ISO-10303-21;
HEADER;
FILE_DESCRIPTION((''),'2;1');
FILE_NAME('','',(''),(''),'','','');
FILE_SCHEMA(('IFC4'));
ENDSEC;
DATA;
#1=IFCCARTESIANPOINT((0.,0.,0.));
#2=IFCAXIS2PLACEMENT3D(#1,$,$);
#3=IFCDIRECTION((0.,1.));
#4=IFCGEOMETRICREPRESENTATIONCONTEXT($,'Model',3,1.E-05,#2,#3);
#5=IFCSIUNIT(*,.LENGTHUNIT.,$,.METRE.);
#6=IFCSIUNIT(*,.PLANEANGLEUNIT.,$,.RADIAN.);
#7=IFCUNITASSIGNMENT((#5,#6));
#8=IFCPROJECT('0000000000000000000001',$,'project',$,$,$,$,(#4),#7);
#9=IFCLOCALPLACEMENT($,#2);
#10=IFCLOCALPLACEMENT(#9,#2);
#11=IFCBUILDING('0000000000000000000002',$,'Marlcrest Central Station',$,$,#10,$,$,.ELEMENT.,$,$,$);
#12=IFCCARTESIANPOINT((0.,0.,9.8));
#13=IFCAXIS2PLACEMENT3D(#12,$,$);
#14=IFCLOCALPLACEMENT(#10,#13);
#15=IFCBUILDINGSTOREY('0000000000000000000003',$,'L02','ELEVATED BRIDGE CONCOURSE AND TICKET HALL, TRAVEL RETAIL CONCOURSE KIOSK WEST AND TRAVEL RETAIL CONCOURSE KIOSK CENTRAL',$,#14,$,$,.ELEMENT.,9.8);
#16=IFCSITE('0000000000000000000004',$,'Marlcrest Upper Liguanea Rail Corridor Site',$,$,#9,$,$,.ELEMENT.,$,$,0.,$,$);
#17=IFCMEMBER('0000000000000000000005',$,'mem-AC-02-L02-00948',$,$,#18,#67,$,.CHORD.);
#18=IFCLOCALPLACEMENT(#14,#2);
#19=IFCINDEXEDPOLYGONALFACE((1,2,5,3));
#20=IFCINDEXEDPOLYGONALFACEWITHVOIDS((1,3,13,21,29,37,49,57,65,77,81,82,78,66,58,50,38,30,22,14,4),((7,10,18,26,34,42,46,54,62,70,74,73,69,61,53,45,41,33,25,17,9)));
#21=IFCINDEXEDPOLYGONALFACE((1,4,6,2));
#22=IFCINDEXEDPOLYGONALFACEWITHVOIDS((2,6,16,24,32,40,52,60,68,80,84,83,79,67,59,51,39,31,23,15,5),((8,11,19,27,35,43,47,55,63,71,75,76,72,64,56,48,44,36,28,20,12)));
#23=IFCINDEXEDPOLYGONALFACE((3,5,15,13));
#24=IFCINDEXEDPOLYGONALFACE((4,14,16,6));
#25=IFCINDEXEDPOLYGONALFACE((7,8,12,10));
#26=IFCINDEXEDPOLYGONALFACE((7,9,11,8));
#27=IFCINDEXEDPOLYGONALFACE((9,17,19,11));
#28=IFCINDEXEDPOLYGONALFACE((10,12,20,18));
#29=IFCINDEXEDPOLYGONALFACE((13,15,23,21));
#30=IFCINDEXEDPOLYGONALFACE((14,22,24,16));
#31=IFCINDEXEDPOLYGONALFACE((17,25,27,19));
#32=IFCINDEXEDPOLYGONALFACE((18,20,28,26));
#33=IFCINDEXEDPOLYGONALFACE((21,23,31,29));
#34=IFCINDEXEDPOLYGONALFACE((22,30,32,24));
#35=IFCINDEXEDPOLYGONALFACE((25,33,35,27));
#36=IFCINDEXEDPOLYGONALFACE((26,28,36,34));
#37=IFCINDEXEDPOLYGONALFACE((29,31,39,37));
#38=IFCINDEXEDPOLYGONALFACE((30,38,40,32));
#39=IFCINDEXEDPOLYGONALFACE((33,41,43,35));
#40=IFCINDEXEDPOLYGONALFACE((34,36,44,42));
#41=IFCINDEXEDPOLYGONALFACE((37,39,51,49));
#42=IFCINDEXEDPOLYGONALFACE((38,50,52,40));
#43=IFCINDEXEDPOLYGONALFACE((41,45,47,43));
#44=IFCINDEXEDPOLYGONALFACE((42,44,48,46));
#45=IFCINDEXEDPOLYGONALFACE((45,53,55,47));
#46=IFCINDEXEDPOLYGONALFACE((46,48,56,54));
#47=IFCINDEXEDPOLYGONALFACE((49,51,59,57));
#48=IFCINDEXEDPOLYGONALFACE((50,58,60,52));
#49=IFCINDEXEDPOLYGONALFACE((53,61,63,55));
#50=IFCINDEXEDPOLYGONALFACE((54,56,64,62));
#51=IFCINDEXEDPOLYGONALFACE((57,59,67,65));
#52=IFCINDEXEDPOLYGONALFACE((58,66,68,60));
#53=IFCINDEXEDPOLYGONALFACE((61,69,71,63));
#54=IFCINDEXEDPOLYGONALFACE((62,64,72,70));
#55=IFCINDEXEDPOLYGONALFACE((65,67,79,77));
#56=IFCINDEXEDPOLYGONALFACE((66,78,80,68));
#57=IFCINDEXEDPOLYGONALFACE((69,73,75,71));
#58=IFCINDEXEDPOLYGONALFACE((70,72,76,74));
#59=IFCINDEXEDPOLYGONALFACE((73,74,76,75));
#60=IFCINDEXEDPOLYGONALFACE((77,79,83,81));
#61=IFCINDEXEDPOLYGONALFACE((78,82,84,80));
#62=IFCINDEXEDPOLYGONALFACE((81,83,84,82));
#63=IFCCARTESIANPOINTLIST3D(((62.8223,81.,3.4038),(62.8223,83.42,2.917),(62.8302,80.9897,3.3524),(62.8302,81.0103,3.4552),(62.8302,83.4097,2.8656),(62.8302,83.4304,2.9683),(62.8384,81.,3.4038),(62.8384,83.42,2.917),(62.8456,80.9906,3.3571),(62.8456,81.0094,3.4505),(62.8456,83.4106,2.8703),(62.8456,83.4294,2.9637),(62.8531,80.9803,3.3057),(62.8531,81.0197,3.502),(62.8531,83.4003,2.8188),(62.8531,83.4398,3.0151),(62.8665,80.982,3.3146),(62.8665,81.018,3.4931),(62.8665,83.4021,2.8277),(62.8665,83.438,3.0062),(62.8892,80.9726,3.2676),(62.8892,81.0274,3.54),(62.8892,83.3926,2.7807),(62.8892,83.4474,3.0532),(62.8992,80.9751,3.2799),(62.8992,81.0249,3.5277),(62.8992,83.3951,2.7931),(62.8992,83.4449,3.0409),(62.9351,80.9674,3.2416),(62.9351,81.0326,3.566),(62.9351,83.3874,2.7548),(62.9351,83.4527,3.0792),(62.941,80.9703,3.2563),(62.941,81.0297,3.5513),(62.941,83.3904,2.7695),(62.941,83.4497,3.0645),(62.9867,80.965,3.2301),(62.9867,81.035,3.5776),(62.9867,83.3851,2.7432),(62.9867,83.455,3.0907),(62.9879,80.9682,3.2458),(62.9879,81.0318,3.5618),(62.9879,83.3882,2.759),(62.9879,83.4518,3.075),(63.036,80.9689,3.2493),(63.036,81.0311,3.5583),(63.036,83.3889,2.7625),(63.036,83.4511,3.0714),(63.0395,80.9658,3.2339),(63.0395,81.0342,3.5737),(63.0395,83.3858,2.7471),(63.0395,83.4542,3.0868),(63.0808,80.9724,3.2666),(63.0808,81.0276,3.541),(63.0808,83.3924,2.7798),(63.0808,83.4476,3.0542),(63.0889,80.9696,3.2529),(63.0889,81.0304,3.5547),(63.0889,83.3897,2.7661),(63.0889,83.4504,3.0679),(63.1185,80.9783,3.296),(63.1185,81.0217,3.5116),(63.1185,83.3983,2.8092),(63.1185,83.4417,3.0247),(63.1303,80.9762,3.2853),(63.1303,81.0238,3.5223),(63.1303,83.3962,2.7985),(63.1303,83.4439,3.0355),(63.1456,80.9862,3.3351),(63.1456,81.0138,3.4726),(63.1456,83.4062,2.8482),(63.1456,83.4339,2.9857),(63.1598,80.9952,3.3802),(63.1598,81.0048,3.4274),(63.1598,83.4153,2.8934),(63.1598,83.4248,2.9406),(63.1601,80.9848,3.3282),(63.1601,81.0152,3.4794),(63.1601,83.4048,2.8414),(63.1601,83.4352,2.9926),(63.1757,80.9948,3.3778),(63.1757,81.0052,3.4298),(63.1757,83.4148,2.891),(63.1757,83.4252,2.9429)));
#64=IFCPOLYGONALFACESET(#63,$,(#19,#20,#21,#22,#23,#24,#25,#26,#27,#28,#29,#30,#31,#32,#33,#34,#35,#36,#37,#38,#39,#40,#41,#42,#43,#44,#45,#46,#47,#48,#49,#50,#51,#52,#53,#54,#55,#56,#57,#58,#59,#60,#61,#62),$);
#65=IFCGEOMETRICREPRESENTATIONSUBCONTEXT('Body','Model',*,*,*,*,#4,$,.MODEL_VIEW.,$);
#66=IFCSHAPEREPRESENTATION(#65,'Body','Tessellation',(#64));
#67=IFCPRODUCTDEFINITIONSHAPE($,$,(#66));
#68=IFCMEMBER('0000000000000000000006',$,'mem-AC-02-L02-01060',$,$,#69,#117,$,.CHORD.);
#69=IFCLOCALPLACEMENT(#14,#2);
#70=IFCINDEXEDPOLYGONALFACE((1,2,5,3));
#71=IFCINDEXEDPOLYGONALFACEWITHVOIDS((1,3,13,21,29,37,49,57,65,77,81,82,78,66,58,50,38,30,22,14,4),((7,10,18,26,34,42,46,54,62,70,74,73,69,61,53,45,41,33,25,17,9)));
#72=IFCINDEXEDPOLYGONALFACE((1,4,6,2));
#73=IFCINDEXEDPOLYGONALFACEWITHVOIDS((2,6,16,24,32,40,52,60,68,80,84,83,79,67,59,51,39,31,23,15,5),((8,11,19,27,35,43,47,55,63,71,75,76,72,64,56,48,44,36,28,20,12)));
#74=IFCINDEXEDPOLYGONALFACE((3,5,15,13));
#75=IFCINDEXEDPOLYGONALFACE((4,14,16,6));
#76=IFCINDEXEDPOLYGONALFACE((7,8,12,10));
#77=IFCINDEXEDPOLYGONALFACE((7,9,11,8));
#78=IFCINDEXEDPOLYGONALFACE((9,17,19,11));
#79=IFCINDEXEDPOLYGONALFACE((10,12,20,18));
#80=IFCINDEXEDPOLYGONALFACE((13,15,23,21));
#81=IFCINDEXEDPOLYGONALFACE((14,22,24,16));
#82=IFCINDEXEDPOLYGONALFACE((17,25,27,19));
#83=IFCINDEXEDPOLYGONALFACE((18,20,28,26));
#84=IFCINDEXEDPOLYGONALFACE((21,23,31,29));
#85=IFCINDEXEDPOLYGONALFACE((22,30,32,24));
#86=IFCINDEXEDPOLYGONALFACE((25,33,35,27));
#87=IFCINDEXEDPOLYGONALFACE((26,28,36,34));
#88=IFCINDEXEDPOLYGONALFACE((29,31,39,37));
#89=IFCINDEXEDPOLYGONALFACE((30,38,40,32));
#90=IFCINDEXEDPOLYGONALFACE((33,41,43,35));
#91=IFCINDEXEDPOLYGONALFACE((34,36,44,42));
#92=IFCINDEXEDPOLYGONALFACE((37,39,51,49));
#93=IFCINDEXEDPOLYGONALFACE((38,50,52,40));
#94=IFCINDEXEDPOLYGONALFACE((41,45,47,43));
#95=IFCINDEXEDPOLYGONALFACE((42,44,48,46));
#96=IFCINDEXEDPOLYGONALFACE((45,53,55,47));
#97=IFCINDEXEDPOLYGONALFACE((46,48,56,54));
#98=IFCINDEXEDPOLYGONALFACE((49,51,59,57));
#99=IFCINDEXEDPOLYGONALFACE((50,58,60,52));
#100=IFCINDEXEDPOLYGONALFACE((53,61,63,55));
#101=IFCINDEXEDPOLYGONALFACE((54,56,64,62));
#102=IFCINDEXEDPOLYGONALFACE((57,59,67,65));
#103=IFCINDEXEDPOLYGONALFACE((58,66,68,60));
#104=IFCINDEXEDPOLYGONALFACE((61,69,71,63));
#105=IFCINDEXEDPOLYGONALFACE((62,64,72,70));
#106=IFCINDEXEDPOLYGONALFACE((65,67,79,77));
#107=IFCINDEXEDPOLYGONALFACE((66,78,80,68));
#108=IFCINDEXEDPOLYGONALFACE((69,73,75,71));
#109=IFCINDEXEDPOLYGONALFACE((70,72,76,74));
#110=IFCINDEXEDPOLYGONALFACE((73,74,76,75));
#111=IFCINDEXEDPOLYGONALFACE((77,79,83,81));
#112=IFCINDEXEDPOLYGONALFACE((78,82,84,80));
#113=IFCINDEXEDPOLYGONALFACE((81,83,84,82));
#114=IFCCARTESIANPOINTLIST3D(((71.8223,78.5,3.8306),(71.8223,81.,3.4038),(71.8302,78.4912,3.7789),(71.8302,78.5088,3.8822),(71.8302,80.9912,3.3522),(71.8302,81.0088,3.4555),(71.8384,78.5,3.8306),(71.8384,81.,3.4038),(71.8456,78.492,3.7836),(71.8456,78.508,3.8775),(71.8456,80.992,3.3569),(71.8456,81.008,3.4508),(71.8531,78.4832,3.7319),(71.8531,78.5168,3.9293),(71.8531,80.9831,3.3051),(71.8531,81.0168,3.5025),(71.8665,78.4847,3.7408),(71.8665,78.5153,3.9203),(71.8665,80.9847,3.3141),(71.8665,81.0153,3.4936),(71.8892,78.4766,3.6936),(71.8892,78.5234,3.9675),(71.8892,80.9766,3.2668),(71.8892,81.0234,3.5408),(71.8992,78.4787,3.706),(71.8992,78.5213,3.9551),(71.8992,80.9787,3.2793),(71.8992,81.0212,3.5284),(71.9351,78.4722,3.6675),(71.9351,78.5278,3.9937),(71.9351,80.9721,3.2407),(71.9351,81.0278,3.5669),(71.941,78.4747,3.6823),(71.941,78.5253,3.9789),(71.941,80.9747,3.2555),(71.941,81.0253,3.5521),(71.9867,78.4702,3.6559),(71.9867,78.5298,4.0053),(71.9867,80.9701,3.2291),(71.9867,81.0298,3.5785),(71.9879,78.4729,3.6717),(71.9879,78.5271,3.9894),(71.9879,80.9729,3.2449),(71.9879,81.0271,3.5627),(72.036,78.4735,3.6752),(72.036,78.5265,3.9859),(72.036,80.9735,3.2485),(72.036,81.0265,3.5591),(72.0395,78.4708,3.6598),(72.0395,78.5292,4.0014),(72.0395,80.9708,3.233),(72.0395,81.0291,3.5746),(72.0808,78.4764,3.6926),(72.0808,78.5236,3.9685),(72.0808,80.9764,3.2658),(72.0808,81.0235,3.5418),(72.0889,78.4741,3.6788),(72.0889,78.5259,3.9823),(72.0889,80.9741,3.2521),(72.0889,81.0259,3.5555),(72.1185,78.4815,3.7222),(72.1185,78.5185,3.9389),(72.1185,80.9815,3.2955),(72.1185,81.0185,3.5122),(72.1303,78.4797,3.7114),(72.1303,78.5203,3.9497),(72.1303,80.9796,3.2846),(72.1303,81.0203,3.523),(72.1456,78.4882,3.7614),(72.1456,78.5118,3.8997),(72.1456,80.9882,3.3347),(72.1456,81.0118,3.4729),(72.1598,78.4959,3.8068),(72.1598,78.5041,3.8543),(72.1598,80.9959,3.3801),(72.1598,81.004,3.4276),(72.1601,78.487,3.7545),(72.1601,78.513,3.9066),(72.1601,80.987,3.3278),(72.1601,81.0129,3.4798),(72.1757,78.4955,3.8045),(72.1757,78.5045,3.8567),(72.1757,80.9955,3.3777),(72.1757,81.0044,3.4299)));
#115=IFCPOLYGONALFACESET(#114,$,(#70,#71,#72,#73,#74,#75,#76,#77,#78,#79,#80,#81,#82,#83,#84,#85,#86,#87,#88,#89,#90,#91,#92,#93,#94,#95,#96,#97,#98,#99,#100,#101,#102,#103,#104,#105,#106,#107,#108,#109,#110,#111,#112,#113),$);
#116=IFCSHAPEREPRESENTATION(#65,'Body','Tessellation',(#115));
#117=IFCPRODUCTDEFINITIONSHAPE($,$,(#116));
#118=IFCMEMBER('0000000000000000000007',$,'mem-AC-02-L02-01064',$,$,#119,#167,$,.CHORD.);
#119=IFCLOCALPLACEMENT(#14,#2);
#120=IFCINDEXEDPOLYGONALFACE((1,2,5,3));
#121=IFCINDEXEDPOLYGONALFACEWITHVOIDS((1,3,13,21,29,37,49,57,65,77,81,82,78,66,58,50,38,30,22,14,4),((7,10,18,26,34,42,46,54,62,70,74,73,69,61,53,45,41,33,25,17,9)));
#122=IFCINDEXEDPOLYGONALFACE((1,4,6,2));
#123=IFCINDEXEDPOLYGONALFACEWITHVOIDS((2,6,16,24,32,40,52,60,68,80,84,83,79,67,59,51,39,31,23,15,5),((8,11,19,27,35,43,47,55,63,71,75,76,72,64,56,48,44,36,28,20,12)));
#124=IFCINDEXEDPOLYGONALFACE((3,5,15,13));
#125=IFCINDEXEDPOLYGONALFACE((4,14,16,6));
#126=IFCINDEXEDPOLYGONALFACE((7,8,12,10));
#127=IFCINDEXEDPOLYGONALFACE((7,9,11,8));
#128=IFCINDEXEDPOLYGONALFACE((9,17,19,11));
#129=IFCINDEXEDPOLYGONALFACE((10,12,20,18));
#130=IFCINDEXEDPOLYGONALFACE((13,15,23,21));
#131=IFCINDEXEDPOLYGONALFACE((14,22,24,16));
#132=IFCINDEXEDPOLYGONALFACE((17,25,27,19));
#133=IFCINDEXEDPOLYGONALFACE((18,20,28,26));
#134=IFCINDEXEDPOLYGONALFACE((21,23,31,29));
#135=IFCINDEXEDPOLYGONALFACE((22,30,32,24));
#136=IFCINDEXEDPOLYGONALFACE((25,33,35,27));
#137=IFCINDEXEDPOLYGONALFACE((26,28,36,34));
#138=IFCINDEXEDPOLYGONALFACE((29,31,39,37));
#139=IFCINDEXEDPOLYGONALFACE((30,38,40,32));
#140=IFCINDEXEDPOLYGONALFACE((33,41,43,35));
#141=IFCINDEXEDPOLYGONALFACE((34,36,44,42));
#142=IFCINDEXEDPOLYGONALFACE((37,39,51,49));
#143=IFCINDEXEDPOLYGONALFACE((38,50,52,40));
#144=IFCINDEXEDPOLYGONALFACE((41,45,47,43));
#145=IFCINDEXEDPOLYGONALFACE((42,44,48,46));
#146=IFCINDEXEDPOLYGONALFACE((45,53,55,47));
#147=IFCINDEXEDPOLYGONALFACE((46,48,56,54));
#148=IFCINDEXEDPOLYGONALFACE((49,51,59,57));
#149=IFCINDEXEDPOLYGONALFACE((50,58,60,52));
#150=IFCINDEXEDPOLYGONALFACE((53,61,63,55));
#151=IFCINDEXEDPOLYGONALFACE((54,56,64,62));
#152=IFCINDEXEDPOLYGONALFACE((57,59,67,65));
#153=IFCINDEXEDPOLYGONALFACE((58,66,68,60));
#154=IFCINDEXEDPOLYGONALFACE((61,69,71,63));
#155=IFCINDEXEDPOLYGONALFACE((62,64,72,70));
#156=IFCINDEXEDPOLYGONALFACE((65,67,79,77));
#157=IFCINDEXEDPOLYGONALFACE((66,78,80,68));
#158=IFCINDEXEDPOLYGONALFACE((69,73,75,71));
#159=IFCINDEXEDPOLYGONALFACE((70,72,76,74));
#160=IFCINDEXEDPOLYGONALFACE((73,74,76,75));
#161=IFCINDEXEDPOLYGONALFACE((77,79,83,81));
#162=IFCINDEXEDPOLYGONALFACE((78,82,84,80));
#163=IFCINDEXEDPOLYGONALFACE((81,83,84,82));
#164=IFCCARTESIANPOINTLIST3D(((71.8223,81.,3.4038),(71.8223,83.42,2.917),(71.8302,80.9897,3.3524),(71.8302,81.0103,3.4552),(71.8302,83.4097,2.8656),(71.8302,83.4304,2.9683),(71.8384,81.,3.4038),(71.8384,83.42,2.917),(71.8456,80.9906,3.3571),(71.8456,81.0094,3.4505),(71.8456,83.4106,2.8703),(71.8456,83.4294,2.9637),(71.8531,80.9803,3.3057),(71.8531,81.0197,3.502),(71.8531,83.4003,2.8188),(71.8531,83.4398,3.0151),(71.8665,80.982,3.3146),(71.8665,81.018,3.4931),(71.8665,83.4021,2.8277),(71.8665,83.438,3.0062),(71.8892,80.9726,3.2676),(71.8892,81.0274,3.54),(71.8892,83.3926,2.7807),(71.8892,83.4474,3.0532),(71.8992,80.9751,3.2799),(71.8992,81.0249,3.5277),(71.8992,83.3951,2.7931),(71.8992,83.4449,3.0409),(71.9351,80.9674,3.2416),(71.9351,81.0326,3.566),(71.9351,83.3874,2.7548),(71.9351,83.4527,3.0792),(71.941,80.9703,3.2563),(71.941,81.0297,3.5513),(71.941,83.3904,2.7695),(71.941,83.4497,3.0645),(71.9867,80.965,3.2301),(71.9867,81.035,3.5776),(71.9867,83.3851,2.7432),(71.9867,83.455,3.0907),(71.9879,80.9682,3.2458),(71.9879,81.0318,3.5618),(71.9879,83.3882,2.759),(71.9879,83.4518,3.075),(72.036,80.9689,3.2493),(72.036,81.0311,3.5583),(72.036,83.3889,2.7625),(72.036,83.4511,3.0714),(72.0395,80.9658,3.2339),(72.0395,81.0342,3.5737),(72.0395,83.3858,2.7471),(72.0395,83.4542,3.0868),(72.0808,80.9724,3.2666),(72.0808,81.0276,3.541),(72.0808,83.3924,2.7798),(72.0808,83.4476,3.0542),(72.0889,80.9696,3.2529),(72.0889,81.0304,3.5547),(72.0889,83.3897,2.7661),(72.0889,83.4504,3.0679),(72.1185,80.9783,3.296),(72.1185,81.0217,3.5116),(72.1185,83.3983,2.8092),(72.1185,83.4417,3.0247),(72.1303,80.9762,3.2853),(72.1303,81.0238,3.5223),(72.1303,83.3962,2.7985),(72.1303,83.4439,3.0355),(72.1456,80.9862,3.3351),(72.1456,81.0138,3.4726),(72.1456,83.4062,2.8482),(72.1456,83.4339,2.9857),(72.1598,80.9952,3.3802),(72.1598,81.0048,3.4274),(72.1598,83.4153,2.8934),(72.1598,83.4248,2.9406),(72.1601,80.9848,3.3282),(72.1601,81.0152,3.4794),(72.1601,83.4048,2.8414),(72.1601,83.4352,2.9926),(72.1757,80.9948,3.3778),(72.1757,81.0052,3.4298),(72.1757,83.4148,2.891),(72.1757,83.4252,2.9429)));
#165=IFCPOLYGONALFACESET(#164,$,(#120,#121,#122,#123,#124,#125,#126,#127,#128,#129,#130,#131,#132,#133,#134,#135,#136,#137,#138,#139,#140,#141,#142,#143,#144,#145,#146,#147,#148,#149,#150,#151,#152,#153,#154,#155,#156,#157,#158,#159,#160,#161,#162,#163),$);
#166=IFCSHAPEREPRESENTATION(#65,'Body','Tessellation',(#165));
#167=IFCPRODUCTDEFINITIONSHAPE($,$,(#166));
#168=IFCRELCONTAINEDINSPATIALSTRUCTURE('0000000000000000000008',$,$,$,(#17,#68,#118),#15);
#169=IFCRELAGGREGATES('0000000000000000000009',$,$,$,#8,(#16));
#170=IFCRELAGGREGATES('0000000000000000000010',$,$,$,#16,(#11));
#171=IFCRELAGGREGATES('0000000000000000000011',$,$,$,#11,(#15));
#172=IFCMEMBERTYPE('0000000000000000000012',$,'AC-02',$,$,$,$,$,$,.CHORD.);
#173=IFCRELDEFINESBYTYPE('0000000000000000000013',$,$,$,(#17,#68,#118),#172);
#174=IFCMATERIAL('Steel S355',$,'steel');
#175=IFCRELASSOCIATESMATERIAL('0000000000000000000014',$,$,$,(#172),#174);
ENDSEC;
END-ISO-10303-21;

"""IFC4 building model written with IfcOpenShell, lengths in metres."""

from ifc_helpers import new_model, si_unit, direction, frame, origin, origin_2d, place, context, subcontext, project, spatial, hollow_circle, extrude, material, material_profile, profile_set, type_object, element, save


model = new_model("IFC4")

# Units and contexts
model_context = context("Model", 3, precision=1e-05, world=origin(), true_north=direction((0.0, 1.0)))
body_context = subcontext(model_context, "Body", "Model", "MODEL_VIEW")
ifc_project = project(units=[si_unit("LENGTHUNIT", "METRE"), si_unit("PLANEANGLEUNIT", "RADIAN")], contexts=[model_context])

# Site, building, storey
site_placement = place(None, origin())
site = spatial("IfcSite", under=ifc_project, at=site_placement, Name="Marlcrest Upper Liguanea Rail Corridor Site", CompositionType="ELEMENT", RefElevation=0.0)
building_placement = place(site_placement, origin())
building = spatial("IfcBuilding", under=site, at=building_placement, Name="Marlcrest Central Station", CompositionType="ELEMENT")
storey_placement = place(building_placement, frame((0.0, 0.0, 9.8)))
storey = spatial("IfcBuildingStorey", under=building, at=storey_placement, Name="L02", Description="ELEVATED BRIDGE CONCOURSE AND TICKET HALL, TRAVEL RETAIL CONCOURSE KIOSK WEST AND TRAVEL RETAIL CONCOURSE KIOSK CENTRAL", CompositionType="ELEMENT", Elevation=9.8)

# Members
ifc_material_1 = material(Name="Steel S355", Category="steel")
ifc_material_profile_1 = material_profile(ifc_material_1, hollow_circle(Radius=0.1777, WallThickness=0.0161, at=origin_2d()), Name="CHS 355.6x16")
ifc_profile_set_1 = profile_set([ifc_material_profile_1], Name="Steel S355")
member_type_1 = type_object("IfcMemberType", Name="AC-02", PredefinedType="CHORD", material=ifc_profile_set_1)
member_1_placement = place(storey_placement, frame((63.0, 81.0, 3.4038), z_axis=(0.0, 0.980359, -0.197219), x_axis=(-1.0, 0.0, 0.0)))
element("IfcMember", 1, at=member_1_placement, inside=storey, type_object=member_type_1, Name="mem-AC-02-L02-00948", PredefinedType="CHORD", context=body_context, shape_type="SweptSolid", body=[
    extrude(hollow_circle(Radius=0.1777, WallThickness=0.0161, at=origin_2d()), origin(), (0.0, 0.0, 1.0), 2.4685),
])
member_2_placement = place(storey_placement, frame((72.0, 78.5, 3.8306), z_axis=(0.0, 0.985741, -0.168269), x_axis=(-1.0, 0.0, 0.0)))
element("IfcMember", 2, at=member_2_placement, inside=storey, type_object=member_type_1, Name="mem-AC-02-L02-01060", PredefinedType="CHORD", context=body_context, shape_type="SweptSolid", body=[
    extrude(hollow_circle(Radius=0.1777, WallThickness=0.0161, at=origin_2d()), origin(), (0.0, 0.0, 1.0), 2.5361),
])
member_3_placement = place(storey_placement, frame((72.0, 81.0, 3.4038), z_axis=(0.0, 0.980359, -0.197219), x_axis=(-1.0, 0.0, 0.0)))
element("IfcMember", 3, at=member_3_placement, inside=storey, type_object=member_type_1, Name="mem-AC-02-L02-01064", PredefinedType="CHORD", context=body_context, shape_type="SweptSolid", body=[
    extrude(hollow_circle(Radius=0.1777, WallThickness=0.0161, at=origin_2d()), origin(), (0.0, 0.0, 1.0), 2.4685),
])

save(model, "model.ifc")
